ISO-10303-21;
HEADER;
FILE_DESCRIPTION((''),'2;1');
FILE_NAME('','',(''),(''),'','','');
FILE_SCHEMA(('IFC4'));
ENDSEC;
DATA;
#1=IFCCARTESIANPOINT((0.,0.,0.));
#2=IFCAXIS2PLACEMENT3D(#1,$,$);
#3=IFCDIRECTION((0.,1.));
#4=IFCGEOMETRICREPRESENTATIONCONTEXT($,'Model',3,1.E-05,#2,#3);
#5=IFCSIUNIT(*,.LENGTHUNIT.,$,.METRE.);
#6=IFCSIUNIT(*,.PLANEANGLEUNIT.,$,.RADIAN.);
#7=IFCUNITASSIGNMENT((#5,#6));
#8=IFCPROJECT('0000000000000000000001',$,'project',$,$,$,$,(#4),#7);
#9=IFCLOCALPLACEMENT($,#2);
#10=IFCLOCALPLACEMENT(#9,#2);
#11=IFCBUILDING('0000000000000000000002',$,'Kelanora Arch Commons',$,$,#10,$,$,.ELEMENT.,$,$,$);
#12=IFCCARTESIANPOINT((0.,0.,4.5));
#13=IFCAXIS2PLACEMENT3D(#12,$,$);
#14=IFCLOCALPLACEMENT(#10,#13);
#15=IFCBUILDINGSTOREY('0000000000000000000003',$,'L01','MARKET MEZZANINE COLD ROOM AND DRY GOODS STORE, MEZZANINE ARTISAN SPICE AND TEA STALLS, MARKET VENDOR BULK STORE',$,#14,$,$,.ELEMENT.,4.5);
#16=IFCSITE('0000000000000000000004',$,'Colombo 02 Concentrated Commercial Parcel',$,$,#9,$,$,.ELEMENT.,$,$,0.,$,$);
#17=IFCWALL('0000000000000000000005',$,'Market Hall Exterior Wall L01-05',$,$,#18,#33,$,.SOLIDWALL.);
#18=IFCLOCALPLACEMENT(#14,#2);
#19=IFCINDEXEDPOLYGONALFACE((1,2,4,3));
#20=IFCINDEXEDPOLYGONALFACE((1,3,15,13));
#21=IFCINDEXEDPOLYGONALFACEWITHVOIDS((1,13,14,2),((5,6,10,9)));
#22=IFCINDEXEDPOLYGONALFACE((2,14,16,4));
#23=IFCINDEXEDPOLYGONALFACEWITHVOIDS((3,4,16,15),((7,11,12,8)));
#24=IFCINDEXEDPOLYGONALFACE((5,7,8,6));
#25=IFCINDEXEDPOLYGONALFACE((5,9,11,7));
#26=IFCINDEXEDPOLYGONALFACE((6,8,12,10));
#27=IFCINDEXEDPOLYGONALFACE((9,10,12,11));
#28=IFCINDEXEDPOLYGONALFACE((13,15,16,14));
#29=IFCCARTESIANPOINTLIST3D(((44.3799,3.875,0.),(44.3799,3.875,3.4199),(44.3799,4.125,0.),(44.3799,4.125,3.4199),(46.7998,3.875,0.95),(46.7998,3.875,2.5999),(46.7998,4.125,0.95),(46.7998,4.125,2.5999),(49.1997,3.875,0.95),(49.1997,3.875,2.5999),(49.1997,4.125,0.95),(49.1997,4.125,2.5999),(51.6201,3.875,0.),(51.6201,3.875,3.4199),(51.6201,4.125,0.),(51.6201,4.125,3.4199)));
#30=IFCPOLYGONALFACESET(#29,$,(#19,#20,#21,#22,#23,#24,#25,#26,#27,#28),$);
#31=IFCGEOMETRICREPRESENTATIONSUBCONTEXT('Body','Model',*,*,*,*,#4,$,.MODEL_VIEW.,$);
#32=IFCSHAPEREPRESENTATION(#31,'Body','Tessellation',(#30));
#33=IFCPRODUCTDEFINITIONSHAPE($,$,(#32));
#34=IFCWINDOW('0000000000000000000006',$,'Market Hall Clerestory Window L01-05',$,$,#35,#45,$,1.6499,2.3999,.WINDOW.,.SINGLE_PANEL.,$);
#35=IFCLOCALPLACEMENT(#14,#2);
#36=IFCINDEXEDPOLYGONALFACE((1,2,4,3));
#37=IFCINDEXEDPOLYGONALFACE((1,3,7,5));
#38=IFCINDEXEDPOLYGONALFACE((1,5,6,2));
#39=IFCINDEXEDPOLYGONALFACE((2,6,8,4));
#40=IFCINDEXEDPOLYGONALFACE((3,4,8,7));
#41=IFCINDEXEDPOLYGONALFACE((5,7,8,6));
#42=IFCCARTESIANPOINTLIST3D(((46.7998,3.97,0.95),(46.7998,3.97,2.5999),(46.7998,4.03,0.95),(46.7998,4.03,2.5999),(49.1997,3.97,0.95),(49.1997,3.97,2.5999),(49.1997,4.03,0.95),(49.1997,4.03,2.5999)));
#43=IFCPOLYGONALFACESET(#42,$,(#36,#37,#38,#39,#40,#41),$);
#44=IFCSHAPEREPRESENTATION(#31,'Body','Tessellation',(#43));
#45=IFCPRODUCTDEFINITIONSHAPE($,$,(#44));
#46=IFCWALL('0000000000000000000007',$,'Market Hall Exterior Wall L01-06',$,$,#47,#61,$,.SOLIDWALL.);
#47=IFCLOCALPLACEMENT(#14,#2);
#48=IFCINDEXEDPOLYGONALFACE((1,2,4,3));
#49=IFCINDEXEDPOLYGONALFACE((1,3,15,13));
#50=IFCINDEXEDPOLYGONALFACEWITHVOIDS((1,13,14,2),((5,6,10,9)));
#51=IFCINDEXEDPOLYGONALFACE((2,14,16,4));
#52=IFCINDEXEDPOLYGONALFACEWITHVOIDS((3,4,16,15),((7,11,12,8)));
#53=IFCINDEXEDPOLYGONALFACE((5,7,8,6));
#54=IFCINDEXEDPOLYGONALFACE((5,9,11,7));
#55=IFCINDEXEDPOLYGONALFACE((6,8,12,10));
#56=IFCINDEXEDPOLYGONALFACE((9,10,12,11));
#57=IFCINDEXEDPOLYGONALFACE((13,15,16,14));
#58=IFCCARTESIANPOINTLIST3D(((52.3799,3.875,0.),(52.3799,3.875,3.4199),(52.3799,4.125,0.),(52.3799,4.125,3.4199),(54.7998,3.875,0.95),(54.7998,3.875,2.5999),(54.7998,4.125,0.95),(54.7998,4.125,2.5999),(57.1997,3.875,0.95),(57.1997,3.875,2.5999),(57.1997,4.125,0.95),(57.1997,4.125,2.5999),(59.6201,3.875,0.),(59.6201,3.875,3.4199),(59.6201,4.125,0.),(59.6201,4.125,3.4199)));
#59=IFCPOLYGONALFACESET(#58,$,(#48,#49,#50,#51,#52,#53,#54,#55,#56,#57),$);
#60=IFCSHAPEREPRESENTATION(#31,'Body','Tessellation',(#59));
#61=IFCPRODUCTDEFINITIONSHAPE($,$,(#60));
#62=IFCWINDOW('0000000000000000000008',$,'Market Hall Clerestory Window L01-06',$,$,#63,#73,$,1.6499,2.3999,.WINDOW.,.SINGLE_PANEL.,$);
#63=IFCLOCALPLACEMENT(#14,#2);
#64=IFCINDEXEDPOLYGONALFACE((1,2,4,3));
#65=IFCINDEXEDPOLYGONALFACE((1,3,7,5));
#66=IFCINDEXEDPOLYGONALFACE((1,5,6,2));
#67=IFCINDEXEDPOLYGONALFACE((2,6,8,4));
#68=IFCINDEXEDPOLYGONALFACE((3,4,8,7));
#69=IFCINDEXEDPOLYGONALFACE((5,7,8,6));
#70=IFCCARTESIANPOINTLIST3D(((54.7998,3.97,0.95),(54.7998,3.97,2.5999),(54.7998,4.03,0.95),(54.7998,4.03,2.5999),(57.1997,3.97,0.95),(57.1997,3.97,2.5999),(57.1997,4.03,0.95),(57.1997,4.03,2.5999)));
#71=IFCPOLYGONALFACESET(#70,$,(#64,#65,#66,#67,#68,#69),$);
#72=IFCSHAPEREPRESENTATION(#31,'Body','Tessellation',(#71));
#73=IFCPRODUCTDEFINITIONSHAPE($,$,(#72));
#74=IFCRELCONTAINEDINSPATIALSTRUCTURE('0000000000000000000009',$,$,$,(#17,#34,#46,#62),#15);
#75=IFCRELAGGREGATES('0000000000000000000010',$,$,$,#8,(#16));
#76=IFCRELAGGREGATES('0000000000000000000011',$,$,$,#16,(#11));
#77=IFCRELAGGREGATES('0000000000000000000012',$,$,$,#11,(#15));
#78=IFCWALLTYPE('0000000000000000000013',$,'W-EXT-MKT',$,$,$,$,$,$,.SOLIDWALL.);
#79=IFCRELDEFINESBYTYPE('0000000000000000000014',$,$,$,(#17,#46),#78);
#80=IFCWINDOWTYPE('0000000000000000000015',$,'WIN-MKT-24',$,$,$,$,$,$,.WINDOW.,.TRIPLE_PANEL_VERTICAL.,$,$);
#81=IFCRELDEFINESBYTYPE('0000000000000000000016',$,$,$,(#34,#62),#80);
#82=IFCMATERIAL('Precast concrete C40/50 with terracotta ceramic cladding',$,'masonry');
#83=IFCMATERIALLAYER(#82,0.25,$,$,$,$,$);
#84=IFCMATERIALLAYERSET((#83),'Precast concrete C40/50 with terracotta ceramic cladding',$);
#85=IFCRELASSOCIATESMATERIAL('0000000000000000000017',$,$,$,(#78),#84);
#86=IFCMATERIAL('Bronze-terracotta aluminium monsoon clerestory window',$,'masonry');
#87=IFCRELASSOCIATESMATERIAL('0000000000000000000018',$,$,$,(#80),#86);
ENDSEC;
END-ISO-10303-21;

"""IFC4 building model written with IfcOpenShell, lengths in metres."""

from ifc_helpers import new_model, si_unit, direction, frame, frame_2d, origin, place, context, subcontext, project, spatial, rectangle, extrude, material, layer, layer_set, type_object, element, fill, save


model = new_model("IFC4")

# Units and contexts
model_context = context("Model", 3, precision=1e-05, world=origin(), true_north=direction((0.0, 1.0)))
body_context = subcontext(model_context, "Body", "Model", "MODEL_VIEW")
ifc_project = project(units=[si_unit("LENGTHUNIT", "METRE"), si_unit("PLANEANGLEUNIT", "RADIAN")], contexts=[model_context])

# Site, building, storey
site_placement = place(None, origin())
site = spatial("IfcSite", under=ifc_project, at=site_placement, Name="Colombo 02 Concentrated Commercial Parcel", CompositionType="ELEMENT", RefElevation=0.0)
building_placement = place(site_placement, origin())
building = spatial("IfcBuilding", under=site, at=building_placement, Name="Kelanora Arch Commons", CompositionType="ELEMENT")
storey_placement = place(building_placement, frame((0.0, 0.0, 4.5)))
storey = spatial("IfcBuildingStorey", under=building, at=storey_placement, Name="L01", Description="MARKET MEZZANINE COLD ROOM AND DRY GOODS STORE, MEZZANINE ARTISAN SPICE AND TEA STALLS, MARKET VENDOR BULK STORE", CompositionType="ELEMENT", Elevation=4.5)

# Walls, openings, windows
ifc_material_1 = material(Name="Precast concrete C40/50 with terracotta ceramic cladding", Category="masonry")
ifc_layer_1 = layer(ifc_material_1, 0.25)
ifc_layer_set_1 = layer_set([ifc_layer_1], Name="Precast concrete C40/50 with terracotta ceramic cladding")
wall_type = type_object("IfcWallType", Name="W-EXT-MKT", PredefinedType="SOLIDWALL", material=ifc_layer_set_1)
ifc_material_2 = material(Name="Bronze-terracotta aluminium monsoon clerestory window", Category="masonry")
window_type = type_object("IfcWindowType", Name="WIN-MKT-24", PartitioningType="TRIPLE_PANEL_VERTICAL", PredefinedType="WINDOW", material=ifc_material_2)
wall_1_placement = place(storey_placement, frame((44.3799, 4.0, 0.0), z_axis=(0.0, 0.0, 1.0), x_axis=(1.0, 0.0, 0.0)))
wall_1 = element("IfcWall", 1, at=wall_1_placement, inside=storey, type_object=wall_type, Name="Market Hall Exterior Wall L01-05", PredefinedType="SOLIDWALL", context=body_context, shape_type="SweptSolid", body=[
    extrude(rectangle(XDim=7.2402, YDim=0.25, at=frame_2d((3.6201, 0.0))), origin(), (0.0, 0.0, 1.0), 3.4199),
])
opening_1_placement = place(wall_1_placement, frame((2.4199, 0.0, 0.95)))
opening_1 = element("IfcOpeningElement", 2, at=opening_1_placement, cuts=wall_1, PredefinedType="OPENING", context=body_context, shape_type="SweptSolid", body=[
    extrude(rectangle(XDim=2.3999, YDim=1.6499, at=frame_2d((1.2, 0.825))), frame((0.0, 0.135, 0.0), z_axis=(0.0, -1.0, 0.0), x_axis=(1.0, 0.0, 0.0)), (0.0, 0.0, 1.0), 0.27),
])
window_1_placement = place(opening_1_placement, origin())
window_1 = element("IfcWindow", 3, at=window_1_placement, inside=storey, type_object=window_type, Name="Market Hall Clerestory Window L01-05", OverallHeight=1.6499, OverallWidth=2.3999, PartitioningType="SINGLE_PANEL", PredefinedType="WINDOW", context=body_context, shape_type="SweptSolid", body=[
    extrude(rectangle(XDim=2.3999, YDim=1.6499, at=frame_2d((1.2, 0.825))), frame((0.0, 0.03, 0.0), z_axis=(0.0, -1.0, 0.0), x_axis=(1.0, 0.0, 0.0)), (0.0, 0.0, 1.0), 0.0601),
])
fill(opening_1, window_1)
wall_2_placement = place(storey_placement, frame((52.3799, 4.0, 0.0), z_axis=(0.0, 0.0, 1.0), x_axis=(1.0, 0.0, 0.0)))
wall_2 = element("IfcWall", 4, at=wall_2_placement, inside=storey, type_object=wall_type, Name="Market Hall Exterior Wall L01-06", PredefinedType="SOLIDWALL", context=body_context, shape_type="SweptSolid", body=[
    extrude(rectangle(XDim=7.2402, YDim=0.25, at=frame_2d((3.6201, 0.0))), origin(), (0.0, 0.0, 1.0), 3.4199),
])
opening_2_placement = place(wall_2_placement, frame((2.4199, 0.0, 0.95)))
opening_2 = element("IfcOpeningElement", 5, at=opening_2_placement, cuts=wall_2, PredefinedType="OPENING", context=body_context, shape_type="SweptSolid", body=[
    extrude(rectangle(XDim=2.3999, YDim=1.6499, at=frame_2d((1.2, 0.825))), frame((0.0, 0.135, 0.0), z_axis=(0.0, -1.0, 0.0), x_axis=(1.0, 0.0, 0.0)), (0.0, 0.0, 1.0), 0.27),
])
window_2_placement = place(opening_2_placement, origin())
window_2 = element("IfcWindow", 6, at=window_2_placement, inside=storey, type_object=window_type, Name="Market Hall Clerestory Window L01-06", OverallHeight=1.6499, OverallWidth=2.3999, PartitioningType="SINGLE_PANEL", PredefinedType="WINDOW", context=body_context, shape_type="SweptSolid", body=[
    extrude(rectangle(XDim=2.3999, YDim=1.6499, at=frame_2d((1.2, 0.825))), frame((0.0, 0.03, 0.0), z_axis=(0.0, -1.0, 0.0), x_axis=(1.0, 0.0, 0.0)), (0.0, 0.0, 1.0), 0.0601),
])
fill(opening_2, window_2)

save(model, "model.ifc")
